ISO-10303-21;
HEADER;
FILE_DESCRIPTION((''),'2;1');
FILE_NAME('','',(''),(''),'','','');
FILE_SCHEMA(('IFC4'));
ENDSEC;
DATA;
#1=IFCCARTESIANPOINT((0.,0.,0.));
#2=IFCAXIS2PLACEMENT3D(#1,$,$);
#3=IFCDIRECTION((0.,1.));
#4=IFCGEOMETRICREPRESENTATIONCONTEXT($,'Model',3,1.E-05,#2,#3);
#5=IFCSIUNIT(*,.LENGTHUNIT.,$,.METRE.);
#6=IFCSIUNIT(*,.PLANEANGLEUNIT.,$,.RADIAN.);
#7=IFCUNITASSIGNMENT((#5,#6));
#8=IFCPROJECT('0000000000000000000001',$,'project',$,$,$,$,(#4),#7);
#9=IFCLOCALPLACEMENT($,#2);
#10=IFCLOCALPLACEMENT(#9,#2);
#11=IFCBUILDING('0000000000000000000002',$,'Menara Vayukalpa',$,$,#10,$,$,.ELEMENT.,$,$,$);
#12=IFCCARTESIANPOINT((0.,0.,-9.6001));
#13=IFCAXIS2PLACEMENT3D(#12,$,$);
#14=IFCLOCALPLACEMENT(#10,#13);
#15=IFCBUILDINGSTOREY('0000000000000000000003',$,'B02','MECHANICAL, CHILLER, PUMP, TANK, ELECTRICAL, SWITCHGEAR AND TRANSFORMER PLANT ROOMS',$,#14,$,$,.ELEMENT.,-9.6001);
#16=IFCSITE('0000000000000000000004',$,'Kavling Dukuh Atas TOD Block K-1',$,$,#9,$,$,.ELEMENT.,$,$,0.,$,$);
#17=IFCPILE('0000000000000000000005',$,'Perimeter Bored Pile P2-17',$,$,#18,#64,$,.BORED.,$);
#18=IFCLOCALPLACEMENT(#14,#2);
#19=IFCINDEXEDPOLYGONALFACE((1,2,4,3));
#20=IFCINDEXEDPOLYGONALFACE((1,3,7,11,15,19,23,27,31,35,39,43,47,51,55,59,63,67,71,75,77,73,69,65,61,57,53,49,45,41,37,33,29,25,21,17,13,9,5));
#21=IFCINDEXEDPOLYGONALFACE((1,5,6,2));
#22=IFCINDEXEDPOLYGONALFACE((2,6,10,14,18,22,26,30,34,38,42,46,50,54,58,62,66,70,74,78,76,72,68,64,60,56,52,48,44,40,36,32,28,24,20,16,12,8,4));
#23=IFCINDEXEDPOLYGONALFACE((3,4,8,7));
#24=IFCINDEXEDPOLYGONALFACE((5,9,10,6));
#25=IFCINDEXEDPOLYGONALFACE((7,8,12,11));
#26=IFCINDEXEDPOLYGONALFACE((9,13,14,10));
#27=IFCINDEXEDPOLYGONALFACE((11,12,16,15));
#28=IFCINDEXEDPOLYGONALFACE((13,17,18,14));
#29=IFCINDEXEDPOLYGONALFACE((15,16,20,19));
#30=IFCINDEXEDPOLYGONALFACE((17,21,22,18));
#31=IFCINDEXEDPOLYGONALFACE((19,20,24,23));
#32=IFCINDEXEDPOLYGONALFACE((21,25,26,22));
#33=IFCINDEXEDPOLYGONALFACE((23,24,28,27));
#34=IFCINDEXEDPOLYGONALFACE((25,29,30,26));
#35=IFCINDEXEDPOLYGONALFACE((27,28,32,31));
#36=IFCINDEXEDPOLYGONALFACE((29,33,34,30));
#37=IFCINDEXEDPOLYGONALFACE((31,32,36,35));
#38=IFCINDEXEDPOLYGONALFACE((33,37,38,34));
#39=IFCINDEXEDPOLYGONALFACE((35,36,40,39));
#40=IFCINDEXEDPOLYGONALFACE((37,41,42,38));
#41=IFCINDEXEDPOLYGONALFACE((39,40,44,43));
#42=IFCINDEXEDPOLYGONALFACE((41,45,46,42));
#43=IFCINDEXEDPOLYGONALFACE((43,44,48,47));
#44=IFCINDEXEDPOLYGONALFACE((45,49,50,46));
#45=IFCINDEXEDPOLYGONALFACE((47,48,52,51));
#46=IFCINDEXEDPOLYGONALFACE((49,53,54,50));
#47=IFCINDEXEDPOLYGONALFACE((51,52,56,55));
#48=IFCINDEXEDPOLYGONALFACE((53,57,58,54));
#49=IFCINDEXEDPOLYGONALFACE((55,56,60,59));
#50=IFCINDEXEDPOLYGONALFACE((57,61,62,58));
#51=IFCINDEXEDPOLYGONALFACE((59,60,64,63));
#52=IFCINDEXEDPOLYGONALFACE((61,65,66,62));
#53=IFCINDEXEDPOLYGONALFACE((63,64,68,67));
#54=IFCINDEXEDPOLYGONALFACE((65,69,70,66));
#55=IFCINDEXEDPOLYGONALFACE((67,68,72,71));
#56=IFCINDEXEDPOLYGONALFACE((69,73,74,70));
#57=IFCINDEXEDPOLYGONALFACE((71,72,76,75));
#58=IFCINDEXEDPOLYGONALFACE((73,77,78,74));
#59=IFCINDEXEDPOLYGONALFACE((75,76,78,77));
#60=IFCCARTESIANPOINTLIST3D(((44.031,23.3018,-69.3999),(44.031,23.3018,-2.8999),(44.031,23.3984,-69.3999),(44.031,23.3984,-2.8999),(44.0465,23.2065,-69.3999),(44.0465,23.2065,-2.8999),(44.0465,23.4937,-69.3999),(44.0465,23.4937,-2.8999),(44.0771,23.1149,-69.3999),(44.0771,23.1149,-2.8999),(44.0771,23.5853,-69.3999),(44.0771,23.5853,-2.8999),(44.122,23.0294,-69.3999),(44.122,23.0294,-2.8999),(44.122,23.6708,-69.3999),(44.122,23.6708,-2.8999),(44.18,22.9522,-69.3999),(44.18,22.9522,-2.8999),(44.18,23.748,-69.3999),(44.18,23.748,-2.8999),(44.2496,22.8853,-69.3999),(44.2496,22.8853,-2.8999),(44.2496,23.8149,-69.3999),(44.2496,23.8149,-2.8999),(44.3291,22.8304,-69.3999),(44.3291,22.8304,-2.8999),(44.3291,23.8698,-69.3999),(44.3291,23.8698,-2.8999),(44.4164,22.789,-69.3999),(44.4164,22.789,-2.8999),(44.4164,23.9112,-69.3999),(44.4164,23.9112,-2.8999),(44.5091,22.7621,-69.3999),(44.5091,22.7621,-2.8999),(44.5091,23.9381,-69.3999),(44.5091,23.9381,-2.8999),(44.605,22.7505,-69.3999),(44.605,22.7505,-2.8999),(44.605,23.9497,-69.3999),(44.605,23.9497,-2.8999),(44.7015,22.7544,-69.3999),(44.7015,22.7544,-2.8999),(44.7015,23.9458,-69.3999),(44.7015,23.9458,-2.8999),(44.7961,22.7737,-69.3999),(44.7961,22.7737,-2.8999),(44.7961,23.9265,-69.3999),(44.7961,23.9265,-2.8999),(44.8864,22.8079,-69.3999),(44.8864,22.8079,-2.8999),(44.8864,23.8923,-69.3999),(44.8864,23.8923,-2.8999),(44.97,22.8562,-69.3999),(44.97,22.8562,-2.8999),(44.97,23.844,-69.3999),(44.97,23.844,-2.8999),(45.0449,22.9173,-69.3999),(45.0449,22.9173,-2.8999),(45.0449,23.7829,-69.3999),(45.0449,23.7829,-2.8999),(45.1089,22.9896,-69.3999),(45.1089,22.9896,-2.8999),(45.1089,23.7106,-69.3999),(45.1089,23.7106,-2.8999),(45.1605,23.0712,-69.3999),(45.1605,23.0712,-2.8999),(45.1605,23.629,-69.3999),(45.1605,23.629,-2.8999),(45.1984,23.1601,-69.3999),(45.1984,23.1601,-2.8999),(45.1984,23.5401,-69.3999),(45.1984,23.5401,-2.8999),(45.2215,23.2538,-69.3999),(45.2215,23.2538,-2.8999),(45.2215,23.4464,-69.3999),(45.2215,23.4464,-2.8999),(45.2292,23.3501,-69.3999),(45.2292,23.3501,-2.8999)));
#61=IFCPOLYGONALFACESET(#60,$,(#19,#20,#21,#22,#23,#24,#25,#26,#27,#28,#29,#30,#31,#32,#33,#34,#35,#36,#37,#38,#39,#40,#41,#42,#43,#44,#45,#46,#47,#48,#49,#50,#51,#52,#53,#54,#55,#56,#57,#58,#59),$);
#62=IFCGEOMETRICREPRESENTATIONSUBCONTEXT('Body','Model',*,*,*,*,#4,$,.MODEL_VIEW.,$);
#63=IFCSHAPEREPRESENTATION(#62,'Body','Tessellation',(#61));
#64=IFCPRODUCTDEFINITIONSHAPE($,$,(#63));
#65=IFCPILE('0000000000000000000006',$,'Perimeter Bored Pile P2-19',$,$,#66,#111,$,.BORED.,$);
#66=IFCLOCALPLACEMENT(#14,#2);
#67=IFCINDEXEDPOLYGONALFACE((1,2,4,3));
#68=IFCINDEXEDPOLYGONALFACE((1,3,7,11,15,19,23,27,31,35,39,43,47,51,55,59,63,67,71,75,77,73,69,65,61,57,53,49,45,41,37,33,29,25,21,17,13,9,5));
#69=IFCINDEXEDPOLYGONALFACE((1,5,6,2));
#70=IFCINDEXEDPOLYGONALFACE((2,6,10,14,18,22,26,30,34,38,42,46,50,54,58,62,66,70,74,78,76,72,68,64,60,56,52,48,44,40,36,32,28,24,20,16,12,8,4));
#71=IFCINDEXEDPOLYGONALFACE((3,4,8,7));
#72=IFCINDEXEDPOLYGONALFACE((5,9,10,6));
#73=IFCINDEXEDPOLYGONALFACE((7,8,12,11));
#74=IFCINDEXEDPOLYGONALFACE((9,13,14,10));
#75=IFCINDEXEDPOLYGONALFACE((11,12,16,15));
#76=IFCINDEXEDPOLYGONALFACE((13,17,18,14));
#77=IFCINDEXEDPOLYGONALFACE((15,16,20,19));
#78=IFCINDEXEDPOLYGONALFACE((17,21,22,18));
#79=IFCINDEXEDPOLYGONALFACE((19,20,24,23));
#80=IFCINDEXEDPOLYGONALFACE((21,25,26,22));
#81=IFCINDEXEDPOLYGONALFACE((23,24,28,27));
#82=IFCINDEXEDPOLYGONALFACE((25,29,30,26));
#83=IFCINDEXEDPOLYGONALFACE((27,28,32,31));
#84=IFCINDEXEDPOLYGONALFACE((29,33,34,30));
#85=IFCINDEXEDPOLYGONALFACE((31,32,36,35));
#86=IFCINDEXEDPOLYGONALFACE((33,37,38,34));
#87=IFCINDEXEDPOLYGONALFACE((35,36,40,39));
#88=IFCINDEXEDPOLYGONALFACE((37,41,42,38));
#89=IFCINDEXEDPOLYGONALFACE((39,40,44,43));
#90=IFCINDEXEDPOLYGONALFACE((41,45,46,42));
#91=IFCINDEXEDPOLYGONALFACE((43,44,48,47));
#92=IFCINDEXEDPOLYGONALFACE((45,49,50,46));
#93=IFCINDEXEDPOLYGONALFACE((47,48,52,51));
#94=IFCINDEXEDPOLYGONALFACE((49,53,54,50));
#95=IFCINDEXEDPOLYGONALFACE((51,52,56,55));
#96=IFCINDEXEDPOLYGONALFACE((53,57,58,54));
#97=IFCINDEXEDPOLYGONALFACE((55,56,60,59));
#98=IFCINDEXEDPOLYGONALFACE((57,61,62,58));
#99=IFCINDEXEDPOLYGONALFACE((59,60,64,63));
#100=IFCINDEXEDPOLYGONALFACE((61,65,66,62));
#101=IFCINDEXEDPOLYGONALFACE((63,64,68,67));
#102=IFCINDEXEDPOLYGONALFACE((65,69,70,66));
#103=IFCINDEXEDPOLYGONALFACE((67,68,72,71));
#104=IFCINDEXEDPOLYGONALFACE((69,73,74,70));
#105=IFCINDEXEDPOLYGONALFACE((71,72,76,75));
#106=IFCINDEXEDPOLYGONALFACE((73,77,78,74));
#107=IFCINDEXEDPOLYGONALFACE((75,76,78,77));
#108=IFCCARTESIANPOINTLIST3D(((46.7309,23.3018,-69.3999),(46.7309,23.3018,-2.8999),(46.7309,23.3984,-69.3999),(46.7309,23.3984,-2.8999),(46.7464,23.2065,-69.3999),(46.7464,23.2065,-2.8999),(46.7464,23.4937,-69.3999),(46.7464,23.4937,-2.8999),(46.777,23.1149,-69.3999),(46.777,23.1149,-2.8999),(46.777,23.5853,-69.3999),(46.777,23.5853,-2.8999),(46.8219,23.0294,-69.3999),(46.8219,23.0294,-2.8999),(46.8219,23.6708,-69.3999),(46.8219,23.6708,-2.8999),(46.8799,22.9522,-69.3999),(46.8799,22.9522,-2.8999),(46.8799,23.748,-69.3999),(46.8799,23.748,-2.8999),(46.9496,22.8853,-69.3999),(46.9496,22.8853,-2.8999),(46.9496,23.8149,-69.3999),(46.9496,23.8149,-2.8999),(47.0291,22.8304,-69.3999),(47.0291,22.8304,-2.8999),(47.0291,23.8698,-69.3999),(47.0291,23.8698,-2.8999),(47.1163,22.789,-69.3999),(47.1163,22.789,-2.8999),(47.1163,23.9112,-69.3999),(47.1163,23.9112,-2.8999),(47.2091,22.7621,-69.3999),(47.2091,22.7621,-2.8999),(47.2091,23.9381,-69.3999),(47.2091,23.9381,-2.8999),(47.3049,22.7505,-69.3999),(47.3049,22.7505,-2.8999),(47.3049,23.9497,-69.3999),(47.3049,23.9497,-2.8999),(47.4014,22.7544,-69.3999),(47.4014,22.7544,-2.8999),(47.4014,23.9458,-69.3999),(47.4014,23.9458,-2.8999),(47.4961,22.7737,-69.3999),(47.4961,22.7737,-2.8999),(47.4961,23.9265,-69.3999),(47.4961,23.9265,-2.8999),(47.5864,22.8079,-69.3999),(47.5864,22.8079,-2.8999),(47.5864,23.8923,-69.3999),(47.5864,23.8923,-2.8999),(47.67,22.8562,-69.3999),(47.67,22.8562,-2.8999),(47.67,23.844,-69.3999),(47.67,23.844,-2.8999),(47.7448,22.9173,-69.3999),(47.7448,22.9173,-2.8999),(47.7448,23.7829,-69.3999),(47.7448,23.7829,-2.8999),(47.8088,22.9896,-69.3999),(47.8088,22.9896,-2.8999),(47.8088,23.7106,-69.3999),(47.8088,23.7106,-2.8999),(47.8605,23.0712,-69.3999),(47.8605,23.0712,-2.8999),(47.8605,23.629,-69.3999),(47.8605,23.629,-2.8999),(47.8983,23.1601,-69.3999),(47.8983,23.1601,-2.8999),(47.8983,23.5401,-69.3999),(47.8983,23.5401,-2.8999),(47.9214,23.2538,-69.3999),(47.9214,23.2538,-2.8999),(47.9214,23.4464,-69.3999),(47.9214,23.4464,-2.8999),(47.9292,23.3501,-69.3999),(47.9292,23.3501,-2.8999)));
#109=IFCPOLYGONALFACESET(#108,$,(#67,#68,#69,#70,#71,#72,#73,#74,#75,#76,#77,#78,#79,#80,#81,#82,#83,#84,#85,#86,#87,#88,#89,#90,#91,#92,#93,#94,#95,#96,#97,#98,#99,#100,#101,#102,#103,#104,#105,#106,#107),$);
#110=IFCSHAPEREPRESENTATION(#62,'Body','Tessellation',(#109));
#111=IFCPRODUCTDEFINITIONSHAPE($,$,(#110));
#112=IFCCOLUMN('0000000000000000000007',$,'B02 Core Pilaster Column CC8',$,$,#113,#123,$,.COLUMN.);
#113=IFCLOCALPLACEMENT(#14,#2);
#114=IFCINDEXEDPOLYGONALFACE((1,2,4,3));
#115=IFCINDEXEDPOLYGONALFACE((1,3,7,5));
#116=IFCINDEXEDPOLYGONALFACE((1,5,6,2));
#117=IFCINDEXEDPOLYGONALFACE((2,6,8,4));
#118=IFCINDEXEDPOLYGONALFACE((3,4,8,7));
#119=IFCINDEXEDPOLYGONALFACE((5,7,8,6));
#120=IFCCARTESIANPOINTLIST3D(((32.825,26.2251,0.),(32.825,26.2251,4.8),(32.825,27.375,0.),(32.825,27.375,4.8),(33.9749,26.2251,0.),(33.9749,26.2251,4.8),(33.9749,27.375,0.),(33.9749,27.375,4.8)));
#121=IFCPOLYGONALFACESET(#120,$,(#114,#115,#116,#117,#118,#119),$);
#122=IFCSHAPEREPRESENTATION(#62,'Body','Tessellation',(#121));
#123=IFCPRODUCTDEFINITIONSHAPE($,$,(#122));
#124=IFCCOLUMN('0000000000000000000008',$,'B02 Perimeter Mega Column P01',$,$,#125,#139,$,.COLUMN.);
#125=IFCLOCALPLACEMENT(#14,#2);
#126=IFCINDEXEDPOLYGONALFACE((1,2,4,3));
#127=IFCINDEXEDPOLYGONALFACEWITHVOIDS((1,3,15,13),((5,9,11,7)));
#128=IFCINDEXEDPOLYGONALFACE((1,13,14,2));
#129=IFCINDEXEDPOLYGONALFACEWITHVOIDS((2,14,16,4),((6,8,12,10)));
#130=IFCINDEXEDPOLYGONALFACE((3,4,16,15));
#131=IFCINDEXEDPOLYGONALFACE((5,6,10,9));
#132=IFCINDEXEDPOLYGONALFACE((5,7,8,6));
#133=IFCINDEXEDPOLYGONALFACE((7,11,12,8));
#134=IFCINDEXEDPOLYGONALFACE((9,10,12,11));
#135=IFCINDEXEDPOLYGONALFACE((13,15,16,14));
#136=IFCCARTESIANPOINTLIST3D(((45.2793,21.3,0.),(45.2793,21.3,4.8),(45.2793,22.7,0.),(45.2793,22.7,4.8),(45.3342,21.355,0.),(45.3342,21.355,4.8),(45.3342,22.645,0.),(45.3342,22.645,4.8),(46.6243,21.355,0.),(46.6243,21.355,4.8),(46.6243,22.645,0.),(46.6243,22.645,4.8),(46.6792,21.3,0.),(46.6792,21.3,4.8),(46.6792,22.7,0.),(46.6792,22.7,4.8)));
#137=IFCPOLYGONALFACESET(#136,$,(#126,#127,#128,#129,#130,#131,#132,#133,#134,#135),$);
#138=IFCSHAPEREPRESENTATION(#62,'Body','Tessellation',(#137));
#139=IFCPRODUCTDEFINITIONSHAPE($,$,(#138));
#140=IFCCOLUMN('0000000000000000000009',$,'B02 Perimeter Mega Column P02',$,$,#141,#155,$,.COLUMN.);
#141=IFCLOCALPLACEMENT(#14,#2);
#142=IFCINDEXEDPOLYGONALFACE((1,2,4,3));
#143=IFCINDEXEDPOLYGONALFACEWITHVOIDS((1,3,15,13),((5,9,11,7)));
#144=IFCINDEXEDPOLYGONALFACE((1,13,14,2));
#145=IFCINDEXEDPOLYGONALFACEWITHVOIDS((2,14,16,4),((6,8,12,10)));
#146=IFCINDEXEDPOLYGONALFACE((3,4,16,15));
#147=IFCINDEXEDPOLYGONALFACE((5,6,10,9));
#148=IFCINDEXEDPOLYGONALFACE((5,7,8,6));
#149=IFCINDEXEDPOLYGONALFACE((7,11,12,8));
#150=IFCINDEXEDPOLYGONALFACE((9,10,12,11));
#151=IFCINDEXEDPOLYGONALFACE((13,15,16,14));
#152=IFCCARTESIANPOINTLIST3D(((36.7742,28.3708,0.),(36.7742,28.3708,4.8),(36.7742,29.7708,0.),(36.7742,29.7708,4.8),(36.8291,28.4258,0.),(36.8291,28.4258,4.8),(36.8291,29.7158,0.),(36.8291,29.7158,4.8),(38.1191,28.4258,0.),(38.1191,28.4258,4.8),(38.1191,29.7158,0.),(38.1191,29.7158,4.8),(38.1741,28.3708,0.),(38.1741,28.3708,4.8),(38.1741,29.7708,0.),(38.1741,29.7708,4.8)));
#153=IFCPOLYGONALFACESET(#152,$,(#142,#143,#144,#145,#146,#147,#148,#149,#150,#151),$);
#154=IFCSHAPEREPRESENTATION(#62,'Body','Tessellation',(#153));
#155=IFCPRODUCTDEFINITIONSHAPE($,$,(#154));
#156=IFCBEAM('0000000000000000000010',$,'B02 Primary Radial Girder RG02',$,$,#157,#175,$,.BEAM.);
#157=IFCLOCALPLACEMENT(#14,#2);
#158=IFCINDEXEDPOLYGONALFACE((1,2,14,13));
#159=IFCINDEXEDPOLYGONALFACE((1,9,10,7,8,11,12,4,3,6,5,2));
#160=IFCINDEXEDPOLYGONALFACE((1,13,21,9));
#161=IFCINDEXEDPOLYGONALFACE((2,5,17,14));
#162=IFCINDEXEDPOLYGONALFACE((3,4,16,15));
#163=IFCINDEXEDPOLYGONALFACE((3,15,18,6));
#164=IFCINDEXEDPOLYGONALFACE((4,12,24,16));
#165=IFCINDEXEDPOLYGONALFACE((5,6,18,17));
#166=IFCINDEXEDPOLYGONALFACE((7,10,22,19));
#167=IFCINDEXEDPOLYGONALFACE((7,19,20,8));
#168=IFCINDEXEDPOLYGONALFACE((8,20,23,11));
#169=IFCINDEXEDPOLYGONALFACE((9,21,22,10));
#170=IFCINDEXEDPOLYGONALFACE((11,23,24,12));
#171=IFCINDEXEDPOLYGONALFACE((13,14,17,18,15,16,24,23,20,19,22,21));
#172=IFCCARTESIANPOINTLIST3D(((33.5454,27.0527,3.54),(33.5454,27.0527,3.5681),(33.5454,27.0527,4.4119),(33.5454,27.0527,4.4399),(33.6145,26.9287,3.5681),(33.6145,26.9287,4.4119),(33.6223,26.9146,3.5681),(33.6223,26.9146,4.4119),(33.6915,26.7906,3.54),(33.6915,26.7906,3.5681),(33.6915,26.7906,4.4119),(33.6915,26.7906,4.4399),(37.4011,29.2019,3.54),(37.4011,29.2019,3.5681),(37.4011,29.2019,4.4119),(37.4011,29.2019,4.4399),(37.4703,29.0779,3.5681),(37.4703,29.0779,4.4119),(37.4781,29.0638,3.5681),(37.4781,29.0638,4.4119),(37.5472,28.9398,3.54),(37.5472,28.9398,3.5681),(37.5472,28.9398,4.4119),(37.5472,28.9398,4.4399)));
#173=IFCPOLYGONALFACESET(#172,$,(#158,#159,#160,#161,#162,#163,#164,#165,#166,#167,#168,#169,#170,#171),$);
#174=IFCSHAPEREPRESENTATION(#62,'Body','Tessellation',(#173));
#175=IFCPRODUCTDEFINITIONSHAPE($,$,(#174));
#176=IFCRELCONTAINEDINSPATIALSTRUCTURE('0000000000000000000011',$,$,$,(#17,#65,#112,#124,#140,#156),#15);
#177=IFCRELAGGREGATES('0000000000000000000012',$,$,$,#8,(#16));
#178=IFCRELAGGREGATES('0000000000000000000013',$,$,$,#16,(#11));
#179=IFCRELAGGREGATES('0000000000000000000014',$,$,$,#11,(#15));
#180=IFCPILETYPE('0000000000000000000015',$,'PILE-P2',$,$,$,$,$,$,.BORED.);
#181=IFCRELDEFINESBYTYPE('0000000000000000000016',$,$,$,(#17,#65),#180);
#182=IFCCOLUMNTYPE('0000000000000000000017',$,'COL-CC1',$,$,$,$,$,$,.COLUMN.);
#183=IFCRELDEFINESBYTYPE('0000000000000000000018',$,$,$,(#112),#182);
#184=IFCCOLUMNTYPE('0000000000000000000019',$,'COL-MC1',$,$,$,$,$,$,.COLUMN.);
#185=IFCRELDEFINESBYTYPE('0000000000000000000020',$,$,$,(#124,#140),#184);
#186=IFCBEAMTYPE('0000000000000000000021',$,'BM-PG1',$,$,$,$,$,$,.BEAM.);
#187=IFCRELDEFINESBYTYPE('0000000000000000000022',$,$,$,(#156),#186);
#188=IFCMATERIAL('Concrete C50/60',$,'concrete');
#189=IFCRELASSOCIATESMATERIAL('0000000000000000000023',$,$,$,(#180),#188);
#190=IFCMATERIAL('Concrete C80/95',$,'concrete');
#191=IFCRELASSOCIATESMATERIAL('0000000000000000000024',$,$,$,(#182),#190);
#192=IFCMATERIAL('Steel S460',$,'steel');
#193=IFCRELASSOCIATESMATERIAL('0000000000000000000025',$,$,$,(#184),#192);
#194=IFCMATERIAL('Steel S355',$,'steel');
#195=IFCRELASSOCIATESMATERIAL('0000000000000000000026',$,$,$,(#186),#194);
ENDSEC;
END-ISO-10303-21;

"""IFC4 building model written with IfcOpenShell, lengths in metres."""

from ifc_helpers import new_model, si_unit, direction, frame, origin, origin_2d, place, context, subcontext, project, spatial, rectangle, hollow_rectangle, circle, i_section, extrude, material, material_profile, profile_set, type_object, element, save


model = new_model("IFC4")

# Units and contexts
model_context = context("Model", 3, precision=1e-05, world=origin(), true_north=direction((0.0, 1.0)))
body_context = subcontext(model_context, "Body", "Model", "MODEL_VIEW")
ifc_project = project(units=[si_unit("LENGTHUNIT", "METRE"), si_unit("PLANEANGLEUNIT", "RADIAN")], contexts=[model_context])

# Site, building, storey
site_placement = place(None, origin())
site = spatial("IfcSite", under=ifc_project, at=site_placement, Name="Kavling Dukuh Atas TOD Block K-1", CompositionType="ELEMENT", RefElevation=0.0)
building_placement = place(site_placement, origin())
building = spatial("IfcBuilding", under=site, at=building_placement, Name="Menara Vayukalpa", CompositionType="ELEMENT")
storey_placement = place(building_placement, frame((0.0, 0.0, -9.6001)))
storey = spatial("IfcBuildingStorey", under=building, at=storey_placement, Name="B02", Description="MECHANICAL, CHILLER, PUMP, TANK, ELECTRICAL, SWITCHGEAR AND TRANSFORMER PLANT ROOMS", CompositionType="ELEMENT", Elevation=-9.6001)

# Piles
ifc_material_1 = material(Name="Concrete C50/60", Category="concrete")
ifc_material_profile_1 = material_profile(ifc_material_1, circle(Radius=0.6001, at=origin_2d()), Name="PILE D1200")
ifc_profile_set_1 = profile_set([ifc_material_profile_1], Name="Concrete C50/60")
pile_type_1 = type_object("IfcPileType", Name="PILE-P2", PredefinedType="BORED", material=ifc_profile_set_1)
for number, where, z_axis, x_axis, name in (
    (1, (44.6292, 23.3501, -2.8999), (0.0, 0.0, -1.0), (1.0, 0.0, 0.0), "Perimeter Bored Pile P2-17"),
    (2, (47.3291, 23.3501, -2.8999), (0.0, 0.0, -1.0), (1.0, 0.0, 0.0), "Perimeter Bored Pile P2-19"),
):
    element("IfcPile", number, at=place(storey_placement, frame(where, z_axis=z_axis, x_axis=x_axis)), inside=storey, type_object=pile_type_1, Name=name, PredefinedType="BORED", context=body_context, shape_type="SweptSolid", body=[
        extrude(circle(Radius=0.6001, at=origin_2d()), origin(), (0.0, 0.0, 1.0), 66.5),
    ])

# Columns
ifc_material_2 = material(Name="Concrete C80/95", Category="concrete")
ifc_material_profile_2 = material_profile(ifc_material_2, rectangle(XDim=1.1499, YDim=1.1499, at=origin_2d()), Name="RC 1150x1150")
ifc_profile_set_2 = profile_set([ifc_material_profile_2], Name="Concrete C80/95")
column_type_1 = type_object("IfcColumnType", Name="COL-CC1", PredefinedType="COLUMN", material=ifc_profile_set_2)
column_placement = place(storey_placement, frame((33.3999, 26.8, 0.0), z_axis=(0.0, 0.0, 1.0), x_axis=(1.0, 0.0, 0.0)))
element("IfcColumn", 3, at=column_placement, inside=storey, type_object=column_type_1, Name="B02 Core Pilaster Column CC8", PredefinedType="COLUMN", context=body_context, shape_type="SweptSolid", body=[
    extrude(rectangle(XDim=1.1499, YDim=1.1499, at=origin_2d()), origin(), (0.0, 0.0, 1.0), 4.8),
])
ifc_material_3 = material(Name="Steel S460", Category="steel")
ifc_material_profile_3 = material_profile(ifc_material_3, hollow_rectangle(XDim=1.3999, YDim=1.3999, WallThickness=0.0549, at=origin_2d()), Name="BOX 1400x1400x55")
ifc_profile_set_3 = profile_set([ifc_material_profile_3], Name="Steel S460")
column_type_2 = type_object("IfcColumnType", Name="COL-MC1", PredefinedType="COLUMN", material=ifc_profile_set_3)
for number, where, z_axis, x_axis, name in (
    (4, (45.9792, 22.0, 0.0), (0.0, 0.0, 1.0), (1.0, 0.0, 0.0), "B02 Perimeter Mega Column P01"),
    (5, (37.4741, 29.0708, 0.0), (0.0, 0.0, 1.0), (1.0, 0.0, 0.0), "B02 Perimeter Mega Column P02"),
):
    element("IfcColumn", number, at=place(storey_placement, frame(where, z_axis=z_axis, x_axis=x_axis)), inside=storey, type_object=column_type_2, Name=name, PredefinedType="COLUMN", context=body_context, shape_type="SweptSolid", body=[
        extrude(hollow_rectangle(XDim=1.3999, YDim=1.3999, WallThickness=0.0549, at=origin_2d()), origin(), (0.0, 0.0, 1.0), 4.8),
    ])

# Beam
ifc_material_4 = material(Name="Steel S355", Category="steel")
ifc_material_profile_4 = material_profile(ifc_material_4, i_section(OverallWidth=0.3, OverallDepth=0.8999, WebThickness=0.0161, FlangeThickness=0.0281, at=origin_2d()), Name="WF 900x300x16x28")
ifc_profile_set_4 = profile_set([ifc_material_profile_4], Name="Steel S355")
beam_type_1 = type_object("IfcBeamType", Name="BM-PG1", PredefinedType="BEAM", material=ifc_profile_set_4)
beam_1_placement = place(storey_placement, frame((33.6184, 26.9216, 3.99), z_axis=(0.873473, 0.486873, 0.0), x_axis=(-0.486873, 0.873473, 0.0)))
element("IfcBeam", 6, at=beam_1_placement, inside=storey, type_object=beam_type_1, Name="B02 Primary Radial Girder RG02", PredefinedType="BEAM", context=body_context, shape_type="SweptSolid", body=[
    extrude(i_section(OverallWidth=0.3, OverallDepth=0.8999, WebThickness=0.0161, FlangeThickness=0.0281, at=origin_2d()), origin(), (0.0, 0.0, 1.0), 4.4143),
])

save(model, "model.ifc")
